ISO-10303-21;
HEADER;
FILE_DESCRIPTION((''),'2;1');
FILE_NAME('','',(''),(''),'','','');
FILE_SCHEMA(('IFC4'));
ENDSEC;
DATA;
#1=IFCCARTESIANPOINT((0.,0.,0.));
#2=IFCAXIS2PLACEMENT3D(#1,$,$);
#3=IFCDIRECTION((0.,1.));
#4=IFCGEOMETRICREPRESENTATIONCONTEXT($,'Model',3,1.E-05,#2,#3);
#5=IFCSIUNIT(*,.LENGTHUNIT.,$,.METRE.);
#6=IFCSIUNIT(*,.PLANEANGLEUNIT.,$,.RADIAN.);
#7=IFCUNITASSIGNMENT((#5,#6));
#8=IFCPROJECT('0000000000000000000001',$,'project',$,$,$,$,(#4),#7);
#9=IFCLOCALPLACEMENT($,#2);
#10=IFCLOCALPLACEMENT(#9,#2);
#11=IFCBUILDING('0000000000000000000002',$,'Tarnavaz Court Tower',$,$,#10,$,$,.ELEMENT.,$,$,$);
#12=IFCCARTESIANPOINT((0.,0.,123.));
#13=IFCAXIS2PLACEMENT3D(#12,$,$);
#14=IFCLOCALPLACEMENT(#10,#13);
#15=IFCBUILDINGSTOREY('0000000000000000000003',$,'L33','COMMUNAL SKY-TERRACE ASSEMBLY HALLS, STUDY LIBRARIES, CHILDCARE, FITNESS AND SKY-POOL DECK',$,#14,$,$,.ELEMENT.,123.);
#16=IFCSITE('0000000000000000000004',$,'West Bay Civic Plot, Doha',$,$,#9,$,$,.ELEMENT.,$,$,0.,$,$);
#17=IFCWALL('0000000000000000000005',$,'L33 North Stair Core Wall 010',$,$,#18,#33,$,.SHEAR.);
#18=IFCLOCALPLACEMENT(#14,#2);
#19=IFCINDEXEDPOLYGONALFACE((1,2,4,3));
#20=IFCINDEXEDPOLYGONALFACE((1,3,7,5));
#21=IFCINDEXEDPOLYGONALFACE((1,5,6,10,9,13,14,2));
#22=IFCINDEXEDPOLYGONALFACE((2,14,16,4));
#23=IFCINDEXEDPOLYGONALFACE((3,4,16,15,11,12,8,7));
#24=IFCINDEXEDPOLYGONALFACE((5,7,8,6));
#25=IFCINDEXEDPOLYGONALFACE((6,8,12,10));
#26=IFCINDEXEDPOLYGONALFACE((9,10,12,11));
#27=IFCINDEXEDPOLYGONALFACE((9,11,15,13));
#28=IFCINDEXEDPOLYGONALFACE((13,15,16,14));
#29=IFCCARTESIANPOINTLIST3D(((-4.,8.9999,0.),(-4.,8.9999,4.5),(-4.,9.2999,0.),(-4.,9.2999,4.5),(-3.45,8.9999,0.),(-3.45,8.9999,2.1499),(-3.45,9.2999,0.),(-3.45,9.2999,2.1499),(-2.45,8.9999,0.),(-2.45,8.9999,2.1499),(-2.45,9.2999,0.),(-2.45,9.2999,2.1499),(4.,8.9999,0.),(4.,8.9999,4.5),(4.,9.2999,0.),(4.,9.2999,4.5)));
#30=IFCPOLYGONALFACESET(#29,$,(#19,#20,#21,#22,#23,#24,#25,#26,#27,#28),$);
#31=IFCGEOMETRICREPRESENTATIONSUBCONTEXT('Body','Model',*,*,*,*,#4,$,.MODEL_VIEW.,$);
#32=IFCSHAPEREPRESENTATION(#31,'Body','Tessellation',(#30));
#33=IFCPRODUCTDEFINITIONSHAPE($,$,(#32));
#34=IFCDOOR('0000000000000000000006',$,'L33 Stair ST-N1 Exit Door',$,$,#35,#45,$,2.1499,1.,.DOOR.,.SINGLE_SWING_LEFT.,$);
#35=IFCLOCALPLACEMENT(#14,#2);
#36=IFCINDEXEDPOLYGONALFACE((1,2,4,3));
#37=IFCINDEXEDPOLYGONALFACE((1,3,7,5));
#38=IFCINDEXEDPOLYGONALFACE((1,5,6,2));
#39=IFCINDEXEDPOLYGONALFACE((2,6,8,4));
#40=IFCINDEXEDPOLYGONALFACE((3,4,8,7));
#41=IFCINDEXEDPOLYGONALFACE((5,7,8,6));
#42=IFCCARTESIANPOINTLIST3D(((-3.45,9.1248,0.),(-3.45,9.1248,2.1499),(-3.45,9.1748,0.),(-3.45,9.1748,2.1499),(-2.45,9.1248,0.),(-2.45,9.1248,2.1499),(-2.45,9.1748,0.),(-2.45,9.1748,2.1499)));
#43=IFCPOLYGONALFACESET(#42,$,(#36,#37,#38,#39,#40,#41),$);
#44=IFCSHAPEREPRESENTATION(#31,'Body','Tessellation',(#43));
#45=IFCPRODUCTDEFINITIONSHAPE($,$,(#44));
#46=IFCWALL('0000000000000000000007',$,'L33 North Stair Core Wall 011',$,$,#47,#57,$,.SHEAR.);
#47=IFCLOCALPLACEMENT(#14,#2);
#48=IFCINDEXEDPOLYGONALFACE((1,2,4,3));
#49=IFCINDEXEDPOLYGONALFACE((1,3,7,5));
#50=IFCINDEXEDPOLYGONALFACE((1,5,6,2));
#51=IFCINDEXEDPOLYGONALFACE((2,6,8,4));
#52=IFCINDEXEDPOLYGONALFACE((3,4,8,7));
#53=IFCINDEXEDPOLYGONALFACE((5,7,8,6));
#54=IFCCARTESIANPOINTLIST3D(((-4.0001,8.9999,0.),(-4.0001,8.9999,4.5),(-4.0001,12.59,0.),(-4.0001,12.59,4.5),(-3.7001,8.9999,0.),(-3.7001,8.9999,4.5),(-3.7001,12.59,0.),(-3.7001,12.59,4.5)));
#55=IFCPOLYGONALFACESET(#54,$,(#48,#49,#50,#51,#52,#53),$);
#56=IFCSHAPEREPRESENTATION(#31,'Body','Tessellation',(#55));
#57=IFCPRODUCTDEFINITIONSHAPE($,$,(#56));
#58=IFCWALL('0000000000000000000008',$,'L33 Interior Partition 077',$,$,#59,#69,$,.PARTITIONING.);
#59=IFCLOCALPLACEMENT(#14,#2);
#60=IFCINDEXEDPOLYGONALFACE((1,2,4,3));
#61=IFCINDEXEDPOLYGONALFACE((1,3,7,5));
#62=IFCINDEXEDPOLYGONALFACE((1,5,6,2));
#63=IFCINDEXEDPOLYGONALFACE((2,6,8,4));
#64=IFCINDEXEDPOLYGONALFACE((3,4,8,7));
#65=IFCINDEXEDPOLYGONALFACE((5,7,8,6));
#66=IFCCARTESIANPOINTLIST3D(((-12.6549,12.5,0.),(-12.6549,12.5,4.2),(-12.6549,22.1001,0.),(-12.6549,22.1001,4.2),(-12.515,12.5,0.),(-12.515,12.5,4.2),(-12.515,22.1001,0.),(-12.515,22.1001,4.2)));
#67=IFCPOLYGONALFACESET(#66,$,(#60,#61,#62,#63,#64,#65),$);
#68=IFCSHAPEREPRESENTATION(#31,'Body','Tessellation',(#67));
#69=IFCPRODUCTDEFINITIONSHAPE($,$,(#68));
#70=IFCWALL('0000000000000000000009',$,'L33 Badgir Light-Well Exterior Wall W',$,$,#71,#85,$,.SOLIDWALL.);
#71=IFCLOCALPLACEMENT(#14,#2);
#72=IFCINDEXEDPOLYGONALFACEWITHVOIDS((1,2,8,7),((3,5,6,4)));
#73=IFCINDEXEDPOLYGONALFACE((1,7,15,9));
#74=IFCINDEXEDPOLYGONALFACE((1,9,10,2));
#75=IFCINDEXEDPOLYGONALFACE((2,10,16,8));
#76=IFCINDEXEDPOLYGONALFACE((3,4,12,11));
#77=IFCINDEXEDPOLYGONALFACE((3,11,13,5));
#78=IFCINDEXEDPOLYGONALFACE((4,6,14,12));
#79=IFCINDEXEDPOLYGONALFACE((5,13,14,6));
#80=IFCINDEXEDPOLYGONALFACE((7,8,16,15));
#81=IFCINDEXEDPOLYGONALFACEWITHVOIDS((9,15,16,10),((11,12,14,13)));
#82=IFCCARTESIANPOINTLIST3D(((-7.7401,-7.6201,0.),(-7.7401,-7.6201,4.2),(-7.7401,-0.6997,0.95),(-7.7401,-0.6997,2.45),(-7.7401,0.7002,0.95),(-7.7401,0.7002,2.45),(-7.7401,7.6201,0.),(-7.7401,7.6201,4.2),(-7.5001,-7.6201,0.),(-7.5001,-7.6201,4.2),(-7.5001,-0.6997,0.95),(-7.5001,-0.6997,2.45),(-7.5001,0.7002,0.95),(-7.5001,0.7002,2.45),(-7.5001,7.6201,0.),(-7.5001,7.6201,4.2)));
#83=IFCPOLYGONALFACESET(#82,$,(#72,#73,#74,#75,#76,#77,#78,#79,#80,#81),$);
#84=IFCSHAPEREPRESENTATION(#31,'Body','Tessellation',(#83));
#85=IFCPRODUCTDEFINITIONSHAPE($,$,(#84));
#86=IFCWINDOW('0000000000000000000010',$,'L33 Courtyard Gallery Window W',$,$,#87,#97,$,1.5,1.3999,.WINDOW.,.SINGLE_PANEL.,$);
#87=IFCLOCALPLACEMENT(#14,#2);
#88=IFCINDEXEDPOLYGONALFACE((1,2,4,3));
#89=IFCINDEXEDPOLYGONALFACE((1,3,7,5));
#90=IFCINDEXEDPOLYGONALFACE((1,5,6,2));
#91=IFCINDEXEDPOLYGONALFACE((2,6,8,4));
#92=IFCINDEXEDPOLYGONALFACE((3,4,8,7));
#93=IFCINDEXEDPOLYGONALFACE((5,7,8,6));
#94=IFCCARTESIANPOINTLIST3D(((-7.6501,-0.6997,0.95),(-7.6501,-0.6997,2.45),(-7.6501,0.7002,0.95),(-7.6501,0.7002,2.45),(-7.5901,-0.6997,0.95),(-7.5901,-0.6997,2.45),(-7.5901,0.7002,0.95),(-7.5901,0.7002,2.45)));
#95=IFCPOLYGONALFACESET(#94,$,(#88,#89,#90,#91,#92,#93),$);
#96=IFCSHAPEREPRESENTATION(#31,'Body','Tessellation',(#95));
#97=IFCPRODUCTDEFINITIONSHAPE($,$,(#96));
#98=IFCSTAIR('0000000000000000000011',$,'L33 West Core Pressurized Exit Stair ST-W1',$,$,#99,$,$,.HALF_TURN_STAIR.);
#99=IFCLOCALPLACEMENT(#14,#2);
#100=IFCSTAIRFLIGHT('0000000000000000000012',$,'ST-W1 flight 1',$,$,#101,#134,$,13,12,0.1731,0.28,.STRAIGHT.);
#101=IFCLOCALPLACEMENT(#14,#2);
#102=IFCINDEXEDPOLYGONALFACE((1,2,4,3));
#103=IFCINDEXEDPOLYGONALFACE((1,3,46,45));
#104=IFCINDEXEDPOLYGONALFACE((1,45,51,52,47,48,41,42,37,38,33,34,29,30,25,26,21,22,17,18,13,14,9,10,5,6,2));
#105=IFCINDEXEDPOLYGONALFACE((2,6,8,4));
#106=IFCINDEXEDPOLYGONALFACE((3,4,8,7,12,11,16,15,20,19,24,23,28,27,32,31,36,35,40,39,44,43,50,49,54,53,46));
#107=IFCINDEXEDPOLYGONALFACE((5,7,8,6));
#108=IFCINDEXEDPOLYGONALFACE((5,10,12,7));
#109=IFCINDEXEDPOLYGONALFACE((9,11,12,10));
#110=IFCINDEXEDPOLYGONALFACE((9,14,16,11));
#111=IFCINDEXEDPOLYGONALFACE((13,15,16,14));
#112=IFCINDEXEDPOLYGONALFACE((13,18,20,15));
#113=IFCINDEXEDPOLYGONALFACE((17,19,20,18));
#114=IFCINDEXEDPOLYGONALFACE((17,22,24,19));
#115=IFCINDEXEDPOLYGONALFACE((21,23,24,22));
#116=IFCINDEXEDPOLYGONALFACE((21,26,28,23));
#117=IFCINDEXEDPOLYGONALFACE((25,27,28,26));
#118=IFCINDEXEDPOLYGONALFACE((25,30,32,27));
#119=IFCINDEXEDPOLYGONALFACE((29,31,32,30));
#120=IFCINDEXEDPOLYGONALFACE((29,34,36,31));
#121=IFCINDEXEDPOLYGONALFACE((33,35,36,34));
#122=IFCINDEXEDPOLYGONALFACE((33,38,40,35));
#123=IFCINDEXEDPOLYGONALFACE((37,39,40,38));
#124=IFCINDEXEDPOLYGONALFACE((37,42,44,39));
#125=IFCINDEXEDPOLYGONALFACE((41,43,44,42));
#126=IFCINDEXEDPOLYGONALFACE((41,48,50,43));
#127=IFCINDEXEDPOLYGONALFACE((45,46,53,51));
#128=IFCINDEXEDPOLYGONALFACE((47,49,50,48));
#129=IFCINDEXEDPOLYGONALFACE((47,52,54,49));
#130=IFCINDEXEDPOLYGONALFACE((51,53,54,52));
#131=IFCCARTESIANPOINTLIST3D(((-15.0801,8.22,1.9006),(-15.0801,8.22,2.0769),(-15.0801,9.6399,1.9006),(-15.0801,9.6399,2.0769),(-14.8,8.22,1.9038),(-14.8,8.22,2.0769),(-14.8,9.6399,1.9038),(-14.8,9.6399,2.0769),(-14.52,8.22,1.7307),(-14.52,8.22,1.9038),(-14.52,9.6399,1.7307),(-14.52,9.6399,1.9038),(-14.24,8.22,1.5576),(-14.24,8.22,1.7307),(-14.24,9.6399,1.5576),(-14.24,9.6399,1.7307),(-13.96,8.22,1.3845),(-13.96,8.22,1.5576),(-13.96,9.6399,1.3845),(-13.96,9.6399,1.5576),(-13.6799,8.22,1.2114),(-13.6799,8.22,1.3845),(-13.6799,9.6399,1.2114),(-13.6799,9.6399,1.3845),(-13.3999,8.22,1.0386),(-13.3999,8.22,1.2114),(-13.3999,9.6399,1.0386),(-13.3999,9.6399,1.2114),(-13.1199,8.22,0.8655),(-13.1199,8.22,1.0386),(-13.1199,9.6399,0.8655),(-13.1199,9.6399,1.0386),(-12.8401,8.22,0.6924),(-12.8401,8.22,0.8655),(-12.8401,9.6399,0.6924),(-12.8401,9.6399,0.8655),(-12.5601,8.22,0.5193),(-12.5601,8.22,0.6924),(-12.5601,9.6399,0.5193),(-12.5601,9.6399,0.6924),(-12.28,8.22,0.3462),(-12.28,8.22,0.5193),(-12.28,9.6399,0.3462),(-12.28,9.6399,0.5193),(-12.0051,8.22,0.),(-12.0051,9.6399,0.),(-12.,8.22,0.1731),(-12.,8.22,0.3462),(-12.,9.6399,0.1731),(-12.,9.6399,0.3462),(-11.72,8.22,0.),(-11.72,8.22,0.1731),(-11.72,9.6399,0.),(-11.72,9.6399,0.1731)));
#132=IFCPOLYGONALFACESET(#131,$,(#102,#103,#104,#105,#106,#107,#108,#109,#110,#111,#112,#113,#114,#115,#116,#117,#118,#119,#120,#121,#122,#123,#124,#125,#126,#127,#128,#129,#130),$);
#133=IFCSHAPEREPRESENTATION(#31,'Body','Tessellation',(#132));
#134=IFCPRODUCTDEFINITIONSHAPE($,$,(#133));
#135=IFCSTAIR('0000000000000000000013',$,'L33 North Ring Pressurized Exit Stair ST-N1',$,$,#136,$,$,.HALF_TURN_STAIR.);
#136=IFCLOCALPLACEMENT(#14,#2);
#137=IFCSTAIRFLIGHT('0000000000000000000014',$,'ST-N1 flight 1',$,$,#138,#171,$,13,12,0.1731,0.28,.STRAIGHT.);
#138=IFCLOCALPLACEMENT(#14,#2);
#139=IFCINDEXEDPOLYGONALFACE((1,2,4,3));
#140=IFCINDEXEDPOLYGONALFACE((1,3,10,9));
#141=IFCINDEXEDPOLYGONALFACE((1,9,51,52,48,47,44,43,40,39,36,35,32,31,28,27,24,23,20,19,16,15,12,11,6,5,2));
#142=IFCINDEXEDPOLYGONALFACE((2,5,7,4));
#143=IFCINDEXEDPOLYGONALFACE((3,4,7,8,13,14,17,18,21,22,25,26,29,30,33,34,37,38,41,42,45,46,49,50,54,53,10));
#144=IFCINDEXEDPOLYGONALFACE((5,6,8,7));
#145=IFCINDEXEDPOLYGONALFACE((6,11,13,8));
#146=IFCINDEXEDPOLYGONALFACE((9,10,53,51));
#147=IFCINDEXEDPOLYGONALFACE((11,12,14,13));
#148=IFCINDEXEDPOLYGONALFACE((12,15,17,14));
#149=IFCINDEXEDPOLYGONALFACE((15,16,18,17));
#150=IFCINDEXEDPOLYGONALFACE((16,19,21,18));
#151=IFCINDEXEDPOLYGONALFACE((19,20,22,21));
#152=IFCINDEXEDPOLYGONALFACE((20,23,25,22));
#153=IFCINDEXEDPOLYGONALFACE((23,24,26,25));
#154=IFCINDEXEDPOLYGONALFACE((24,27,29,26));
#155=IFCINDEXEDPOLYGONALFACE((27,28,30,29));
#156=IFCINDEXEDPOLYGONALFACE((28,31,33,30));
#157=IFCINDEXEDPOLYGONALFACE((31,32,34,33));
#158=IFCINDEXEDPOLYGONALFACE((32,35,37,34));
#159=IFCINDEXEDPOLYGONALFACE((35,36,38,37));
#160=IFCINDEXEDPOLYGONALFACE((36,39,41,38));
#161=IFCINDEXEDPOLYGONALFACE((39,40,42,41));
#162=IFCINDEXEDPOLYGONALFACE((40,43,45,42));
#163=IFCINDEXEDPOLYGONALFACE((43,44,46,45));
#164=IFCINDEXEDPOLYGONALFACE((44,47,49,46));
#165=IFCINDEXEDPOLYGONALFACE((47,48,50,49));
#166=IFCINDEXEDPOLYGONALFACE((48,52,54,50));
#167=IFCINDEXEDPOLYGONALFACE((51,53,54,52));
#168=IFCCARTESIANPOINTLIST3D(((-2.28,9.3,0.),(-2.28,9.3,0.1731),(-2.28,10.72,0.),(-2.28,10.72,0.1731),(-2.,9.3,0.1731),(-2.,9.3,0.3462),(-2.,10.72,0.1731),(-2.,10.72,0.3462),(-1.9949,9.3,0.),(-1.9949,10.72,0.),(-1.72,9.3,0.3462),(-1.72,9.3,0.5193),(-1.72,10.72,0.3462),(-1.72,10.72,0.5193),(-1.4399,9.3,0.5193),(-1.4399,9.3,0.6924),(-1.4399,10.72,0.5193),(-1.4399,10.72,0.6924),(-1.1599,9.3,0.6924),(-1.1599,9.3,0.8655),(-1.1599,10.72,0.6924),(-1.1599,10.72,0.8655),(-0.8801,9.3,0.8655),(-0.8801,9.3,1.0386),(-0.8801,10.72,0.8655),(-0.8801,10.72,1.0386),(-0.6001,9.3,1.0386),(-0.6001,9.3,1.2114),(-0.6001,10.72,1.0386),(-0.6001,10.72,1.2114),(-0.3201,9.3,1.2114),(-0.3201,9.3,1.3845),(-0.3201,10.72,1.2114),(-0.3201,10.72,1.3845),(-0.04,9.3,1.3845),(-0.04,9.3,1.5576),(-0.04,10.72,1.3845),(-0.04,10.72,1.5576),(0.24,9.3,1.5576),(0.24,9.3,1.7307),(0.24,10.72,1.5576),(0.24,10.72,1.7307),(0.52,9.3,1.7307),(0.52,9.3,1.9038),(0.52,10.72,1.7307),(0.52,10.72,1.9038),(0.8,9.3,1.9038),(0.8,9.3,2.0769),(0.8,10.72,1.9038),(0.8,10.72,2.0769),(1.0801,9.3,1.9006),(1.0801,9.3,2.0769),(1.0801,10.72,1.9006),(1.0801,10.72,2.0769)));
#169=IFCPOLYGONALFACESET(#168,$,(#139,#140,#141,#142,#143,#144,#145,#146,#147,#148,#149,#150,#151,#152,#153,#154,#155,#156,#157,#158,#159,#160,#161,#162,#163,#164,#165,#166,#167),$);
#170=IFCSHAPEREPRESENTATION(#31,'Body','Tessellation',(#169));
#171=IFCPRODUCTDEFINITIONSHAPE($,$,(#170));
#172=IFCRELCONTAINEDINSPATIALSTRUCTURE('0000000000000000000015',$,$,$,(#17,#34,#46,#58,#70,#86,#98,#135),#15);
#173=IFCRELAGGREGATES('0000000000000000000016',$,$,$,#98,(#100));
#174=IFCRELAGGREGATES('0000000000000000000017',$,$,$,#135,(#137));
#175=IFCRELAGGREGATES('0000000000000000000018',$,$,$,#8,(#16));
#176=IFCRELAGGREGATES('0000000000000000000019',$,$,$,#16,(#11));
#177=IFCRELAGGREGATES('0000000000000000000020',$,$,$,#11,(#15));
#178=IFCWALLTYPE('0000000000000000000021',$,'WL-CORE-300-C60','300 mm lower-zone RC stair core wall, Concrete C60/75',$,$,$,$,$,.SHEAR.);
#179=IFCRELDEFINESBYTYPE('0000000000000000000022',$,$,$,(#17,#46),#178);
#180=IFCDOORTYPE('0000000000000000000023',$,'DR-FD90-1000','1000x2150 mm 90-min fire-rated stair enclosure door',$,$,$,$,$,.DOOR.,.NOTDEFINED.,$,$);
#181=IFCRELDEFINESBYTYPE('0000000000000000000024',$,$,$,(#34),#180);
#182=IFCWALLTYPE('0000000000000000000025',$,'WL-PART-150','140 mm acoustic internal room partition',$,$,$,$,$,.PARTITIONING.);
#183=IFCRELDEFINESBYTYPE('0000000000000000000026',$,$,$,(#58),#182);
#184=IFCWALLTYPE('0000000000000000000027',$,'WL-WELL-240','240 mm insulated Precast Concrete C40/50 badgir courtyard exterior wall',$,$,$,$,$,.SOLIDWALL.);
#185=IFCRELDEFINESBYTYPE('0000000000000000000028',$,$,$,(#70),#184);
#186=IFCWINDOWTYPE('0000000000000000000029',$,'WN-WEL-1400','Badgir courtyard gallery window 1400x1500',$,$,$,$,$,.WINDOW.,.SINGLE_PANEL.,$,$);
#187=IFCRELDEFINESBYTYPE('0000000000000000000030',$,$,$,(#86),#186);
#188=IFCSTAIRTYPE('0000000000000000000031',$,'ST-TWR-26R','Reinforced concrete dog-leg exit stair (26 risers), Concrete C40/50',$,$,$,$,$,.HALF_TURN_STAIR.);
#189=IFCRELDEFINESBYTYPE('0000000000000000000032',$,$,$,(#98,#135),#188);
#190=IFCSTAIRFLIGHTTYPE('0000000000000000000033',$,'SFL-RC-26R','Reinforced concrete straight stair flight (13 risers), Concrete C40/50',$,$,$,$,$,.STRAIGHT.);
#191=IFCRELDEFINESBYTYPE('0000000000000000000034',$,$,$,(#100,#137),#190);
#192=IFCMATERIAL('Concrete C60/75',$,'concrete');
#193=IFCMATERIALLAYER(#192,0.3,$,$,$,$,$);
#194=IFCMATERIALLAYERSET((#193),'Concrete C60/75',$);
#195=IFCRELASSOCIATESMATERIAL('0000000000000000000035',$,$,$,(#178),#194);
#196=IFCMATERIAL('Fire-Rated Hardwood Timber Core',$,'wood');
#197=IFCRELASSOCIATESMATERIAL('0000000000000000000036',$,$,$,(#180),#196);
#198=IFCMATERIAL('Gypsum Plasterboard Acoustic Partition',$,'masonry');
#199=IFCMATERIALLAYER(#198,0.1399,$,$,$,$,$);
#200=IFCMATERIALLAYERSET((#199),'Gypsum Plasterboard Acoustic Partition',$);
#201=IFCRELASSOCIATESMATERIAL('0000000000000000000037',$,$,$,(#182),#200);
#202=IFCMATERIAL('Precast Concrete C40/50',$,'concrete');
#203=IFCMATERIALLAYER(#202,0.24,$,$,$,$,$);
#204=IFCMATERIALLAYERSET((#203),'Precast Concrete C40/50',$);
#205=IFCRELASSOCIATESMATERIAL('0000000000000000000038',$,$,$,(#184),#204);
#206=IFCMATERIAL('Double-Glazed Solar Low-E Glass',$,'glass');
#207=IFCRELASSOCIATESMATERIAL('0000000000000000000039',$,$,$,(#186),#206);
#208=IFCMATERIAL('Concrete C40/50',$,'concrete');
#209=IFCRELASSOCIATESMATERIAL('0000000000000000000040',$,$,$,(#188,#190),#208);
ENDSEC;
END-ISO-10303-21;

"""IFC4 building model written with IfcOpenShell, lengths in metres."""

from ifc_helpers import new_model, si_unit, direction, frame, frame_2d, origin, place, context, subcontext, project, spatial, polyline, rectangle, outline, extrude, material, layer, layer_set, type_object, element, fill, aggregate, save


model = new_model("IFC4")

# Units and contexts
model_context = context("Model", 3, precision=1e-05, world=origin(), true_north=direction((0.0, 1.0)))
body_context = subcontext(model_context, "Body", "Model", "MODEL_VIEW")
ifc_project = project(units=[si_unit("LENGTHUNIT", "METRE"), si_unit("PLANEANGLEUNIT", "RADIAN")], contexts=[model_context])

# Site, building, storey
site_placement = place(None, origin())
site = spatial("IfcSite", under=ifc_project, at=site_placement, Name="West Bay Civic Plot, Doha", CompositionType="ELEMENT", RefElevation=0.0)
building_placement = place(site_placement, origin())
building = spatial("IfcBuilding", under=site, at=building_placement, Name="Tarnavaz Court Tower", CompositionType="ELEMENT")
storey_placement = place(building_placement, frame((0.0, 0.0, 123.0)))
storey = spatial("IfcBuildingStorey", under=building, at=storey_placement, Name="L33", Description="COMMUNAL SKY-TERRACE ASSEMBLY HALLS, STUDY LIBRARIES, CHILDCARE, FITNESS AND SKY-POOL DECK", CompositionType="ELEMENT", Elevation=123.0)

# Shared definitions
ifc_material_1 = material(Name="Concrete C60/75", Category="concrete")

# Shared definitions
ifc_material_2 = material(Name="Double-Glazed Solar Low-E Glass", Category="glass")

# Shared definitions
ifc_layer_1 = layer(ifc_material_1, 0.3)
ifc_layer_set_1 = layer_set([ifc_layer_1], Name="Concrete C60/75")
wall_type_1 = type_object("IfcWallType", Name="WL-CORE-300-C60", Description="300 mm lower-zone RC stair core wall, Concrete C60/75", PredefinedType="SHEAR", material=ifc_layer_set_1)

# Wall, opening, door
wall_1_placement = place(storey_placement, frame((-4.0, 9.1499, 0.0), z_axis=(0.0, 0.0, 1.0), x_axis=(1.0, 0.0, 0.0)))
wall_1 = element("IfcWall", 1, at=wall_1_placement, inside=storey, type_object=wall_type_1, Name="L33 North Stair Core Wall 010", PredefinedType="SHEAR", context=body_context, shape_type="SweptSolid", body=[
    extrude(rectangle(XDim=8.0, YDim=0.3, at=frame_2d((4.0, 0.0))), origin(), (0.0, 0.0, 1.0), 4.5),
])
opening_1_placement = place(wall_1_placement, frame((0.55, 0.0, 0.0)))
opening_1 = element("IfcOpeningElement", 2, at=opening_1_placement, cuts=wall_1, PredefinedType="OPENING", context=body_context, shape_type="SweptSolid", body=[
    extrude(rectangle(XDim=1.0, YDim=2.1499, at=frame_2d((0.5, 1.075))), frame((0.0, 0.1599, 0.0), z_axis=(0.0, -1.0, 0.0), x_axis=(1.0, 0.0, 0.0)), (0.0, 0.0, 1.0), 0.3201),
])
ifc_material_3 = material(Name="Fire-Rated Hardwood Timber Core", Category="wood")
door_type_1 = type_object("IfcDoorType", Name="DR-FD90-1000", Description="1000x2150 mm 90-min fire-rated stair enclosure door", OperationType="NOTDEFINED", PredefinedType="DOOR", material=ifc_material_3)
door_1_placement = place(opening_1_placement, origin())
door_1 = element("IfcDoor", 3, at=door_1_placement, inside=storey, type_object=door_type_1, Name="L33 Stair ST-N1 Exit Door", OperationType="SINGLE_SWING_LEFT", OverallHeight=2.1499, OverallWidth=1.0, PredefinedType="DOOR", context=body_context, shape_type="SweptSolid", body=[
    extrude(rectangle(XDim=1.0, YDim=2.1499, at=frame_2d((0.5, 1.075))), frame((0.0, 0.0249, 0.0), z_axis=(0.0, -1.0, 0.0), x_axis=(1.0, 0.0, 0.0)), (0.0, 0.0, 1.0), 0.05),
])
fill(opening_1, door_1)

# Wall
wall_2_placement = place(storey_placement, frame((-3.8501, 9.0, 0.0), z_axis=(0.0, 0.0, 1.0), x_axis=(0.0, 1.0, 0.0)))
element("IfcWall", 4, at=wall_2_placement, inside=storey, type_object=wall_type_1, Name="L33 North Stair Core Wall 011", PredefinedType="SHEAR", context=body_context, shape_type="SweptSolid", body=[
    extrude(rectangle(XDim=3.5901, YDim=0.3, at=frame_2d((1.7949, 0.0))), origin(), (0.0, 0.0, 1.0), 4.5),
])

# Wall
ifc_material_4 = material(Name="Gypsum Plasterboard Acoustic Partition", Category="masonry")
ifc_layer_2 = layer(ifc_material_4, 0.1399)
ifc_layer_set_2 = layer_set([ifc_layer_2], Name="Gypsum Plasterboard Acoustic Partition")
wall_type_2 = type_object("IfcWallType", Name="WL-PART-150", Description="140 mm acoustic internal room partition", PredefinedType="PARTITIONING", material=ifc_layer_set_2)
wall_3_placement = place(storey_placement, frame((-12.585, 12.5, 0.0), z_axis=(0.0, 0.0, 1.0), x_axis=(0.0, 1.0, 0.0)))
element("IfcWall", 5, at=wall_3_placement, inside=storey, type_object=wall_type_2, Name="L33 Interior Partition 077", PredefinedType="PARTITIONING", context=body_context, shape_type="SweptSolid", body=[
    extrude(rectangle(XDim=9.6001, YDim=0.1399, at=frame_2d((4.8, 0.0))), origin(), (0.0, 0.0, 1.0), 4.2),
])

# Wall, opening, window
ifc_material_5 = material(Name="Precast Concrete C40/50", Category="concrete")
ifc_layer_3 = layer(ifc_material_5, 0.24)
ifc_layer_set_3 = layer_set([ifc_layer_3], Name="Precast Concrete C40/50")
wall_type_3 = type_object("IfcWallType", Name="WL-WELL-240", Description="240 mm insulated Precast Concrete C40/50 badgir courtyard exterior wall", PredefinedType="SOLIDWALL", material=ifc_layer_set_3)
wall_4_placement = place(storey_placement, frame((-7.6201, 7.6201, 0.0), z_axis=(0.0, 0.0, 1.0), x_axis=(0.0, -1.0, 0.0)))
wall_4 = element("IfcWall", 6, at=wall_4_placement, inside=storey, type_object=wall_type_3, Name="L33 Badgir Light-Well Exterior Wall W", PredefinedType="SOLIDWALL", context=body_context, shape_type="SweptSolid", body=[
    extrude(rectangle(XDim=15.2402, YDim=0.24, at=frame_2d((7.6201, 0.0))), origin(), (0.0, 0.0, 1.0), 4.2),
])
opening_2_placement = place(wall_4_placement, frame((6.9199, 0.0, 0.95)))
opening_2 = element("IfcOpeningElement", 7, at=opening_2_placement, cuts=wall_4, PredefinedType="OPENING", context=body_context, shape_type="SweptSolid", body=[
    extrude(rectangle(XDim=1.3999, YDim=1.5, at=frame_2d((0.7, 0.75))), frame((0.0, 0.1299, 0.0), z_axis=(0.0, -1.0, 0.0), x_axis=(1.0, 0.0, 0.0)), (0.0, 0.0, 1.0), 0.26),
])
window_type = type_object("IfcWindowType", Name="WN-WEL-1400", Description="Badgir courtyard gallery window 1400x1500", PartitioningType="SINGLE_PANEL", PredefinedType="WINDOW", material=ifc_material_2)
window_placement = place(opening_2_placement, origin())
window = element("IfcWindow", 8, at=window_placement, inside=storey, type_object=window_type, Name="L33 Courtyard Gallery Window W", OverallHeight=1.5, OverallWidth=1.3999, PartitioningType="SINGLE_PANEL", PredefinedType="WINDOW", context=body_context, shape_type="SweptSolid", body=[
    extrude(rectangle(XDim=1.3999, YDim=1.5, at=frame_2d((0.7, 0.75))), frame((0.0, 0.03, 0.0), z_axis=(0.0, -1.0, 0.0), x_axis=(1.0, 0.0, 0.0)), (0.0, 0.0, 1.0), 0.0601),
])
fill(opening_2, window)

# Stairs, stair flights
ifc_material_6 = material(Name="Concrete C40/50", Category="concrete")
stair_type = type_object("IfcStairType", Name="ST-TWR-26R", Description="Reinforced concrete dog-leg exit stair (26 risers), Concrete C40/50", PredefinedType="HALF_TURN_STAIR", material=ifc_material_6)
stair_1_placement = place(storey_placement, origin())
stair_1 = element("IfcStair", 9, at=stair_1_placement, inside=storey, type_object=stair_type, Name="L33 West Core Pressurized Exit Stair ST-W1", PredefinedType="HALF_TURN_STAIR")
stair_flight_type = type_object("IfcStairFlightType", Name="SFL-RC-26R", Description="Reinforced concrete straight stair flight (13 risers), Concrete C40/50", PredefinedType="STRAIGHT", material=ifc_material_6)
stair_flight_1_placement = place(storey_placement, frame((-11.72, 8.9299, 0.0), z_axis=(0.0, 0.0, 1.0), x_axis=(-1.0, 0.0, 0.0)))
stair_flight_1 = element("IfcStairFlight", 10, at=stair_flight_1_placement, type_object=stair_flight_type, Name="ST-W1 flight 1", NumberOfRisers=13, NumberOfTreads=12, PredefinedType="STRAIGHT", RiserHeight=0.1731, TreadLength=0.28, context=body_context, shape_type="SweptSolid", body=[
    extrude(outline(polyline([(0.0, 0.0), (0.0, 0.1731), (0.28, 0.1731), (0.28, 0.3462), (0.5601, 0.3462), (0.5601, 0.5193), (0.8401, 0.5193), (0.8401, 0.6924), (1.1201, 0.6924), (1.1201, 0.8655), (1.3999, 0.8655), (1.3999, 1.0386), (1.6799, 1.0386), (1.6799, 1.2114), (1.96, 1.2114), (1.96, 1.3845), (2.24, 1.3845), (2.24, 1.5576), (2.52, 1.5576), (2.52, 1.7307), (2.8, 1.7307), (2.8, 1.9038), (3.0801, 1.9038), (3.0801, 2.0769), (3.3601, 2.0769), (3.3601, 2.25), (3.3601, 1.9006), (0.2852, 0.0), (0.0, 0.0)])), frame((0.0, 0.71, 0.0), z_axis=(0.0, -1.0, 0.0), x_axis=(1.0, 0.0, 0.0)), (0.0, 0.0, 1.0), 1.4199),
])
aggregate(stair_1, [stair_flight_1])
stair_2_placement = place(storey_placement, origin())
stair_2 = element("IfcStair", 11, at=stair_2_placement, inside=storey, type_object=stair_type, Name="L33 North Ring Pressurized Exit Stair ST-N1", PredefinedType="HALF_TURN_STAIR")
stair_flight_2_placement = place(storey_placement, frame((-2.28, 10.01, 0.0), z_axis=(0.0, 0.0, 1.0), x_axis=(1.0, 0.0, 0.0)))
stair_flight_2 = element("IfcStairFlight", 12, at=stair_flight_2_placement, type_object=stair_flight_type, Name="ST-N1 flight 1", NumberOfRisers=13, NumberOfTreads=12, PredefinedType="STRAIGHT", RiserHeight=0.1731, TreadLength=0.28, context=body_context, shape_type="SweptSolid", body=[
    extrude(outline(polyline([(0.0, 0.0), (0.0, 0.1731), (0.28, 0.1731), (0.28, 0.3462), (0.5601, 0.3462), (0.5601, 0.5193), (0.8401, 0.5193), (0.8401, 0.6924), (1.1201, 0.6924), (1.1201, 0.8655), (1.3999, 0.8655), (1.3999, 1.0386), (1.6799, 1.0386), (1.6799, 1.2114), (1.96, 1.2114), (1.96, 1.3845), (2.24, 1.3845), (2.24, 1.5576), (2.52, 1.5576), (2.52, 1.7307), (2.8, 1.7307), (2.8, 1.9038), (3.0801, 1.9038), (3.0801, 2.0769), (3.3601, 2.0769), (3.3601, 2.25), (3.3601, 1.9006), (0.2852, 0.0), (0.0, 0.0)])), frame((0.0, 0.71, 0.0), z_axis=(0.0, -1.0, 0.0), x_axis=(1.0, 0.0, 0.0)), (0.0, 0.0, 1.0), 1.4199),
])
aggregate(stair_2, [stair_flight_2])

save(model, "model.ifc")
